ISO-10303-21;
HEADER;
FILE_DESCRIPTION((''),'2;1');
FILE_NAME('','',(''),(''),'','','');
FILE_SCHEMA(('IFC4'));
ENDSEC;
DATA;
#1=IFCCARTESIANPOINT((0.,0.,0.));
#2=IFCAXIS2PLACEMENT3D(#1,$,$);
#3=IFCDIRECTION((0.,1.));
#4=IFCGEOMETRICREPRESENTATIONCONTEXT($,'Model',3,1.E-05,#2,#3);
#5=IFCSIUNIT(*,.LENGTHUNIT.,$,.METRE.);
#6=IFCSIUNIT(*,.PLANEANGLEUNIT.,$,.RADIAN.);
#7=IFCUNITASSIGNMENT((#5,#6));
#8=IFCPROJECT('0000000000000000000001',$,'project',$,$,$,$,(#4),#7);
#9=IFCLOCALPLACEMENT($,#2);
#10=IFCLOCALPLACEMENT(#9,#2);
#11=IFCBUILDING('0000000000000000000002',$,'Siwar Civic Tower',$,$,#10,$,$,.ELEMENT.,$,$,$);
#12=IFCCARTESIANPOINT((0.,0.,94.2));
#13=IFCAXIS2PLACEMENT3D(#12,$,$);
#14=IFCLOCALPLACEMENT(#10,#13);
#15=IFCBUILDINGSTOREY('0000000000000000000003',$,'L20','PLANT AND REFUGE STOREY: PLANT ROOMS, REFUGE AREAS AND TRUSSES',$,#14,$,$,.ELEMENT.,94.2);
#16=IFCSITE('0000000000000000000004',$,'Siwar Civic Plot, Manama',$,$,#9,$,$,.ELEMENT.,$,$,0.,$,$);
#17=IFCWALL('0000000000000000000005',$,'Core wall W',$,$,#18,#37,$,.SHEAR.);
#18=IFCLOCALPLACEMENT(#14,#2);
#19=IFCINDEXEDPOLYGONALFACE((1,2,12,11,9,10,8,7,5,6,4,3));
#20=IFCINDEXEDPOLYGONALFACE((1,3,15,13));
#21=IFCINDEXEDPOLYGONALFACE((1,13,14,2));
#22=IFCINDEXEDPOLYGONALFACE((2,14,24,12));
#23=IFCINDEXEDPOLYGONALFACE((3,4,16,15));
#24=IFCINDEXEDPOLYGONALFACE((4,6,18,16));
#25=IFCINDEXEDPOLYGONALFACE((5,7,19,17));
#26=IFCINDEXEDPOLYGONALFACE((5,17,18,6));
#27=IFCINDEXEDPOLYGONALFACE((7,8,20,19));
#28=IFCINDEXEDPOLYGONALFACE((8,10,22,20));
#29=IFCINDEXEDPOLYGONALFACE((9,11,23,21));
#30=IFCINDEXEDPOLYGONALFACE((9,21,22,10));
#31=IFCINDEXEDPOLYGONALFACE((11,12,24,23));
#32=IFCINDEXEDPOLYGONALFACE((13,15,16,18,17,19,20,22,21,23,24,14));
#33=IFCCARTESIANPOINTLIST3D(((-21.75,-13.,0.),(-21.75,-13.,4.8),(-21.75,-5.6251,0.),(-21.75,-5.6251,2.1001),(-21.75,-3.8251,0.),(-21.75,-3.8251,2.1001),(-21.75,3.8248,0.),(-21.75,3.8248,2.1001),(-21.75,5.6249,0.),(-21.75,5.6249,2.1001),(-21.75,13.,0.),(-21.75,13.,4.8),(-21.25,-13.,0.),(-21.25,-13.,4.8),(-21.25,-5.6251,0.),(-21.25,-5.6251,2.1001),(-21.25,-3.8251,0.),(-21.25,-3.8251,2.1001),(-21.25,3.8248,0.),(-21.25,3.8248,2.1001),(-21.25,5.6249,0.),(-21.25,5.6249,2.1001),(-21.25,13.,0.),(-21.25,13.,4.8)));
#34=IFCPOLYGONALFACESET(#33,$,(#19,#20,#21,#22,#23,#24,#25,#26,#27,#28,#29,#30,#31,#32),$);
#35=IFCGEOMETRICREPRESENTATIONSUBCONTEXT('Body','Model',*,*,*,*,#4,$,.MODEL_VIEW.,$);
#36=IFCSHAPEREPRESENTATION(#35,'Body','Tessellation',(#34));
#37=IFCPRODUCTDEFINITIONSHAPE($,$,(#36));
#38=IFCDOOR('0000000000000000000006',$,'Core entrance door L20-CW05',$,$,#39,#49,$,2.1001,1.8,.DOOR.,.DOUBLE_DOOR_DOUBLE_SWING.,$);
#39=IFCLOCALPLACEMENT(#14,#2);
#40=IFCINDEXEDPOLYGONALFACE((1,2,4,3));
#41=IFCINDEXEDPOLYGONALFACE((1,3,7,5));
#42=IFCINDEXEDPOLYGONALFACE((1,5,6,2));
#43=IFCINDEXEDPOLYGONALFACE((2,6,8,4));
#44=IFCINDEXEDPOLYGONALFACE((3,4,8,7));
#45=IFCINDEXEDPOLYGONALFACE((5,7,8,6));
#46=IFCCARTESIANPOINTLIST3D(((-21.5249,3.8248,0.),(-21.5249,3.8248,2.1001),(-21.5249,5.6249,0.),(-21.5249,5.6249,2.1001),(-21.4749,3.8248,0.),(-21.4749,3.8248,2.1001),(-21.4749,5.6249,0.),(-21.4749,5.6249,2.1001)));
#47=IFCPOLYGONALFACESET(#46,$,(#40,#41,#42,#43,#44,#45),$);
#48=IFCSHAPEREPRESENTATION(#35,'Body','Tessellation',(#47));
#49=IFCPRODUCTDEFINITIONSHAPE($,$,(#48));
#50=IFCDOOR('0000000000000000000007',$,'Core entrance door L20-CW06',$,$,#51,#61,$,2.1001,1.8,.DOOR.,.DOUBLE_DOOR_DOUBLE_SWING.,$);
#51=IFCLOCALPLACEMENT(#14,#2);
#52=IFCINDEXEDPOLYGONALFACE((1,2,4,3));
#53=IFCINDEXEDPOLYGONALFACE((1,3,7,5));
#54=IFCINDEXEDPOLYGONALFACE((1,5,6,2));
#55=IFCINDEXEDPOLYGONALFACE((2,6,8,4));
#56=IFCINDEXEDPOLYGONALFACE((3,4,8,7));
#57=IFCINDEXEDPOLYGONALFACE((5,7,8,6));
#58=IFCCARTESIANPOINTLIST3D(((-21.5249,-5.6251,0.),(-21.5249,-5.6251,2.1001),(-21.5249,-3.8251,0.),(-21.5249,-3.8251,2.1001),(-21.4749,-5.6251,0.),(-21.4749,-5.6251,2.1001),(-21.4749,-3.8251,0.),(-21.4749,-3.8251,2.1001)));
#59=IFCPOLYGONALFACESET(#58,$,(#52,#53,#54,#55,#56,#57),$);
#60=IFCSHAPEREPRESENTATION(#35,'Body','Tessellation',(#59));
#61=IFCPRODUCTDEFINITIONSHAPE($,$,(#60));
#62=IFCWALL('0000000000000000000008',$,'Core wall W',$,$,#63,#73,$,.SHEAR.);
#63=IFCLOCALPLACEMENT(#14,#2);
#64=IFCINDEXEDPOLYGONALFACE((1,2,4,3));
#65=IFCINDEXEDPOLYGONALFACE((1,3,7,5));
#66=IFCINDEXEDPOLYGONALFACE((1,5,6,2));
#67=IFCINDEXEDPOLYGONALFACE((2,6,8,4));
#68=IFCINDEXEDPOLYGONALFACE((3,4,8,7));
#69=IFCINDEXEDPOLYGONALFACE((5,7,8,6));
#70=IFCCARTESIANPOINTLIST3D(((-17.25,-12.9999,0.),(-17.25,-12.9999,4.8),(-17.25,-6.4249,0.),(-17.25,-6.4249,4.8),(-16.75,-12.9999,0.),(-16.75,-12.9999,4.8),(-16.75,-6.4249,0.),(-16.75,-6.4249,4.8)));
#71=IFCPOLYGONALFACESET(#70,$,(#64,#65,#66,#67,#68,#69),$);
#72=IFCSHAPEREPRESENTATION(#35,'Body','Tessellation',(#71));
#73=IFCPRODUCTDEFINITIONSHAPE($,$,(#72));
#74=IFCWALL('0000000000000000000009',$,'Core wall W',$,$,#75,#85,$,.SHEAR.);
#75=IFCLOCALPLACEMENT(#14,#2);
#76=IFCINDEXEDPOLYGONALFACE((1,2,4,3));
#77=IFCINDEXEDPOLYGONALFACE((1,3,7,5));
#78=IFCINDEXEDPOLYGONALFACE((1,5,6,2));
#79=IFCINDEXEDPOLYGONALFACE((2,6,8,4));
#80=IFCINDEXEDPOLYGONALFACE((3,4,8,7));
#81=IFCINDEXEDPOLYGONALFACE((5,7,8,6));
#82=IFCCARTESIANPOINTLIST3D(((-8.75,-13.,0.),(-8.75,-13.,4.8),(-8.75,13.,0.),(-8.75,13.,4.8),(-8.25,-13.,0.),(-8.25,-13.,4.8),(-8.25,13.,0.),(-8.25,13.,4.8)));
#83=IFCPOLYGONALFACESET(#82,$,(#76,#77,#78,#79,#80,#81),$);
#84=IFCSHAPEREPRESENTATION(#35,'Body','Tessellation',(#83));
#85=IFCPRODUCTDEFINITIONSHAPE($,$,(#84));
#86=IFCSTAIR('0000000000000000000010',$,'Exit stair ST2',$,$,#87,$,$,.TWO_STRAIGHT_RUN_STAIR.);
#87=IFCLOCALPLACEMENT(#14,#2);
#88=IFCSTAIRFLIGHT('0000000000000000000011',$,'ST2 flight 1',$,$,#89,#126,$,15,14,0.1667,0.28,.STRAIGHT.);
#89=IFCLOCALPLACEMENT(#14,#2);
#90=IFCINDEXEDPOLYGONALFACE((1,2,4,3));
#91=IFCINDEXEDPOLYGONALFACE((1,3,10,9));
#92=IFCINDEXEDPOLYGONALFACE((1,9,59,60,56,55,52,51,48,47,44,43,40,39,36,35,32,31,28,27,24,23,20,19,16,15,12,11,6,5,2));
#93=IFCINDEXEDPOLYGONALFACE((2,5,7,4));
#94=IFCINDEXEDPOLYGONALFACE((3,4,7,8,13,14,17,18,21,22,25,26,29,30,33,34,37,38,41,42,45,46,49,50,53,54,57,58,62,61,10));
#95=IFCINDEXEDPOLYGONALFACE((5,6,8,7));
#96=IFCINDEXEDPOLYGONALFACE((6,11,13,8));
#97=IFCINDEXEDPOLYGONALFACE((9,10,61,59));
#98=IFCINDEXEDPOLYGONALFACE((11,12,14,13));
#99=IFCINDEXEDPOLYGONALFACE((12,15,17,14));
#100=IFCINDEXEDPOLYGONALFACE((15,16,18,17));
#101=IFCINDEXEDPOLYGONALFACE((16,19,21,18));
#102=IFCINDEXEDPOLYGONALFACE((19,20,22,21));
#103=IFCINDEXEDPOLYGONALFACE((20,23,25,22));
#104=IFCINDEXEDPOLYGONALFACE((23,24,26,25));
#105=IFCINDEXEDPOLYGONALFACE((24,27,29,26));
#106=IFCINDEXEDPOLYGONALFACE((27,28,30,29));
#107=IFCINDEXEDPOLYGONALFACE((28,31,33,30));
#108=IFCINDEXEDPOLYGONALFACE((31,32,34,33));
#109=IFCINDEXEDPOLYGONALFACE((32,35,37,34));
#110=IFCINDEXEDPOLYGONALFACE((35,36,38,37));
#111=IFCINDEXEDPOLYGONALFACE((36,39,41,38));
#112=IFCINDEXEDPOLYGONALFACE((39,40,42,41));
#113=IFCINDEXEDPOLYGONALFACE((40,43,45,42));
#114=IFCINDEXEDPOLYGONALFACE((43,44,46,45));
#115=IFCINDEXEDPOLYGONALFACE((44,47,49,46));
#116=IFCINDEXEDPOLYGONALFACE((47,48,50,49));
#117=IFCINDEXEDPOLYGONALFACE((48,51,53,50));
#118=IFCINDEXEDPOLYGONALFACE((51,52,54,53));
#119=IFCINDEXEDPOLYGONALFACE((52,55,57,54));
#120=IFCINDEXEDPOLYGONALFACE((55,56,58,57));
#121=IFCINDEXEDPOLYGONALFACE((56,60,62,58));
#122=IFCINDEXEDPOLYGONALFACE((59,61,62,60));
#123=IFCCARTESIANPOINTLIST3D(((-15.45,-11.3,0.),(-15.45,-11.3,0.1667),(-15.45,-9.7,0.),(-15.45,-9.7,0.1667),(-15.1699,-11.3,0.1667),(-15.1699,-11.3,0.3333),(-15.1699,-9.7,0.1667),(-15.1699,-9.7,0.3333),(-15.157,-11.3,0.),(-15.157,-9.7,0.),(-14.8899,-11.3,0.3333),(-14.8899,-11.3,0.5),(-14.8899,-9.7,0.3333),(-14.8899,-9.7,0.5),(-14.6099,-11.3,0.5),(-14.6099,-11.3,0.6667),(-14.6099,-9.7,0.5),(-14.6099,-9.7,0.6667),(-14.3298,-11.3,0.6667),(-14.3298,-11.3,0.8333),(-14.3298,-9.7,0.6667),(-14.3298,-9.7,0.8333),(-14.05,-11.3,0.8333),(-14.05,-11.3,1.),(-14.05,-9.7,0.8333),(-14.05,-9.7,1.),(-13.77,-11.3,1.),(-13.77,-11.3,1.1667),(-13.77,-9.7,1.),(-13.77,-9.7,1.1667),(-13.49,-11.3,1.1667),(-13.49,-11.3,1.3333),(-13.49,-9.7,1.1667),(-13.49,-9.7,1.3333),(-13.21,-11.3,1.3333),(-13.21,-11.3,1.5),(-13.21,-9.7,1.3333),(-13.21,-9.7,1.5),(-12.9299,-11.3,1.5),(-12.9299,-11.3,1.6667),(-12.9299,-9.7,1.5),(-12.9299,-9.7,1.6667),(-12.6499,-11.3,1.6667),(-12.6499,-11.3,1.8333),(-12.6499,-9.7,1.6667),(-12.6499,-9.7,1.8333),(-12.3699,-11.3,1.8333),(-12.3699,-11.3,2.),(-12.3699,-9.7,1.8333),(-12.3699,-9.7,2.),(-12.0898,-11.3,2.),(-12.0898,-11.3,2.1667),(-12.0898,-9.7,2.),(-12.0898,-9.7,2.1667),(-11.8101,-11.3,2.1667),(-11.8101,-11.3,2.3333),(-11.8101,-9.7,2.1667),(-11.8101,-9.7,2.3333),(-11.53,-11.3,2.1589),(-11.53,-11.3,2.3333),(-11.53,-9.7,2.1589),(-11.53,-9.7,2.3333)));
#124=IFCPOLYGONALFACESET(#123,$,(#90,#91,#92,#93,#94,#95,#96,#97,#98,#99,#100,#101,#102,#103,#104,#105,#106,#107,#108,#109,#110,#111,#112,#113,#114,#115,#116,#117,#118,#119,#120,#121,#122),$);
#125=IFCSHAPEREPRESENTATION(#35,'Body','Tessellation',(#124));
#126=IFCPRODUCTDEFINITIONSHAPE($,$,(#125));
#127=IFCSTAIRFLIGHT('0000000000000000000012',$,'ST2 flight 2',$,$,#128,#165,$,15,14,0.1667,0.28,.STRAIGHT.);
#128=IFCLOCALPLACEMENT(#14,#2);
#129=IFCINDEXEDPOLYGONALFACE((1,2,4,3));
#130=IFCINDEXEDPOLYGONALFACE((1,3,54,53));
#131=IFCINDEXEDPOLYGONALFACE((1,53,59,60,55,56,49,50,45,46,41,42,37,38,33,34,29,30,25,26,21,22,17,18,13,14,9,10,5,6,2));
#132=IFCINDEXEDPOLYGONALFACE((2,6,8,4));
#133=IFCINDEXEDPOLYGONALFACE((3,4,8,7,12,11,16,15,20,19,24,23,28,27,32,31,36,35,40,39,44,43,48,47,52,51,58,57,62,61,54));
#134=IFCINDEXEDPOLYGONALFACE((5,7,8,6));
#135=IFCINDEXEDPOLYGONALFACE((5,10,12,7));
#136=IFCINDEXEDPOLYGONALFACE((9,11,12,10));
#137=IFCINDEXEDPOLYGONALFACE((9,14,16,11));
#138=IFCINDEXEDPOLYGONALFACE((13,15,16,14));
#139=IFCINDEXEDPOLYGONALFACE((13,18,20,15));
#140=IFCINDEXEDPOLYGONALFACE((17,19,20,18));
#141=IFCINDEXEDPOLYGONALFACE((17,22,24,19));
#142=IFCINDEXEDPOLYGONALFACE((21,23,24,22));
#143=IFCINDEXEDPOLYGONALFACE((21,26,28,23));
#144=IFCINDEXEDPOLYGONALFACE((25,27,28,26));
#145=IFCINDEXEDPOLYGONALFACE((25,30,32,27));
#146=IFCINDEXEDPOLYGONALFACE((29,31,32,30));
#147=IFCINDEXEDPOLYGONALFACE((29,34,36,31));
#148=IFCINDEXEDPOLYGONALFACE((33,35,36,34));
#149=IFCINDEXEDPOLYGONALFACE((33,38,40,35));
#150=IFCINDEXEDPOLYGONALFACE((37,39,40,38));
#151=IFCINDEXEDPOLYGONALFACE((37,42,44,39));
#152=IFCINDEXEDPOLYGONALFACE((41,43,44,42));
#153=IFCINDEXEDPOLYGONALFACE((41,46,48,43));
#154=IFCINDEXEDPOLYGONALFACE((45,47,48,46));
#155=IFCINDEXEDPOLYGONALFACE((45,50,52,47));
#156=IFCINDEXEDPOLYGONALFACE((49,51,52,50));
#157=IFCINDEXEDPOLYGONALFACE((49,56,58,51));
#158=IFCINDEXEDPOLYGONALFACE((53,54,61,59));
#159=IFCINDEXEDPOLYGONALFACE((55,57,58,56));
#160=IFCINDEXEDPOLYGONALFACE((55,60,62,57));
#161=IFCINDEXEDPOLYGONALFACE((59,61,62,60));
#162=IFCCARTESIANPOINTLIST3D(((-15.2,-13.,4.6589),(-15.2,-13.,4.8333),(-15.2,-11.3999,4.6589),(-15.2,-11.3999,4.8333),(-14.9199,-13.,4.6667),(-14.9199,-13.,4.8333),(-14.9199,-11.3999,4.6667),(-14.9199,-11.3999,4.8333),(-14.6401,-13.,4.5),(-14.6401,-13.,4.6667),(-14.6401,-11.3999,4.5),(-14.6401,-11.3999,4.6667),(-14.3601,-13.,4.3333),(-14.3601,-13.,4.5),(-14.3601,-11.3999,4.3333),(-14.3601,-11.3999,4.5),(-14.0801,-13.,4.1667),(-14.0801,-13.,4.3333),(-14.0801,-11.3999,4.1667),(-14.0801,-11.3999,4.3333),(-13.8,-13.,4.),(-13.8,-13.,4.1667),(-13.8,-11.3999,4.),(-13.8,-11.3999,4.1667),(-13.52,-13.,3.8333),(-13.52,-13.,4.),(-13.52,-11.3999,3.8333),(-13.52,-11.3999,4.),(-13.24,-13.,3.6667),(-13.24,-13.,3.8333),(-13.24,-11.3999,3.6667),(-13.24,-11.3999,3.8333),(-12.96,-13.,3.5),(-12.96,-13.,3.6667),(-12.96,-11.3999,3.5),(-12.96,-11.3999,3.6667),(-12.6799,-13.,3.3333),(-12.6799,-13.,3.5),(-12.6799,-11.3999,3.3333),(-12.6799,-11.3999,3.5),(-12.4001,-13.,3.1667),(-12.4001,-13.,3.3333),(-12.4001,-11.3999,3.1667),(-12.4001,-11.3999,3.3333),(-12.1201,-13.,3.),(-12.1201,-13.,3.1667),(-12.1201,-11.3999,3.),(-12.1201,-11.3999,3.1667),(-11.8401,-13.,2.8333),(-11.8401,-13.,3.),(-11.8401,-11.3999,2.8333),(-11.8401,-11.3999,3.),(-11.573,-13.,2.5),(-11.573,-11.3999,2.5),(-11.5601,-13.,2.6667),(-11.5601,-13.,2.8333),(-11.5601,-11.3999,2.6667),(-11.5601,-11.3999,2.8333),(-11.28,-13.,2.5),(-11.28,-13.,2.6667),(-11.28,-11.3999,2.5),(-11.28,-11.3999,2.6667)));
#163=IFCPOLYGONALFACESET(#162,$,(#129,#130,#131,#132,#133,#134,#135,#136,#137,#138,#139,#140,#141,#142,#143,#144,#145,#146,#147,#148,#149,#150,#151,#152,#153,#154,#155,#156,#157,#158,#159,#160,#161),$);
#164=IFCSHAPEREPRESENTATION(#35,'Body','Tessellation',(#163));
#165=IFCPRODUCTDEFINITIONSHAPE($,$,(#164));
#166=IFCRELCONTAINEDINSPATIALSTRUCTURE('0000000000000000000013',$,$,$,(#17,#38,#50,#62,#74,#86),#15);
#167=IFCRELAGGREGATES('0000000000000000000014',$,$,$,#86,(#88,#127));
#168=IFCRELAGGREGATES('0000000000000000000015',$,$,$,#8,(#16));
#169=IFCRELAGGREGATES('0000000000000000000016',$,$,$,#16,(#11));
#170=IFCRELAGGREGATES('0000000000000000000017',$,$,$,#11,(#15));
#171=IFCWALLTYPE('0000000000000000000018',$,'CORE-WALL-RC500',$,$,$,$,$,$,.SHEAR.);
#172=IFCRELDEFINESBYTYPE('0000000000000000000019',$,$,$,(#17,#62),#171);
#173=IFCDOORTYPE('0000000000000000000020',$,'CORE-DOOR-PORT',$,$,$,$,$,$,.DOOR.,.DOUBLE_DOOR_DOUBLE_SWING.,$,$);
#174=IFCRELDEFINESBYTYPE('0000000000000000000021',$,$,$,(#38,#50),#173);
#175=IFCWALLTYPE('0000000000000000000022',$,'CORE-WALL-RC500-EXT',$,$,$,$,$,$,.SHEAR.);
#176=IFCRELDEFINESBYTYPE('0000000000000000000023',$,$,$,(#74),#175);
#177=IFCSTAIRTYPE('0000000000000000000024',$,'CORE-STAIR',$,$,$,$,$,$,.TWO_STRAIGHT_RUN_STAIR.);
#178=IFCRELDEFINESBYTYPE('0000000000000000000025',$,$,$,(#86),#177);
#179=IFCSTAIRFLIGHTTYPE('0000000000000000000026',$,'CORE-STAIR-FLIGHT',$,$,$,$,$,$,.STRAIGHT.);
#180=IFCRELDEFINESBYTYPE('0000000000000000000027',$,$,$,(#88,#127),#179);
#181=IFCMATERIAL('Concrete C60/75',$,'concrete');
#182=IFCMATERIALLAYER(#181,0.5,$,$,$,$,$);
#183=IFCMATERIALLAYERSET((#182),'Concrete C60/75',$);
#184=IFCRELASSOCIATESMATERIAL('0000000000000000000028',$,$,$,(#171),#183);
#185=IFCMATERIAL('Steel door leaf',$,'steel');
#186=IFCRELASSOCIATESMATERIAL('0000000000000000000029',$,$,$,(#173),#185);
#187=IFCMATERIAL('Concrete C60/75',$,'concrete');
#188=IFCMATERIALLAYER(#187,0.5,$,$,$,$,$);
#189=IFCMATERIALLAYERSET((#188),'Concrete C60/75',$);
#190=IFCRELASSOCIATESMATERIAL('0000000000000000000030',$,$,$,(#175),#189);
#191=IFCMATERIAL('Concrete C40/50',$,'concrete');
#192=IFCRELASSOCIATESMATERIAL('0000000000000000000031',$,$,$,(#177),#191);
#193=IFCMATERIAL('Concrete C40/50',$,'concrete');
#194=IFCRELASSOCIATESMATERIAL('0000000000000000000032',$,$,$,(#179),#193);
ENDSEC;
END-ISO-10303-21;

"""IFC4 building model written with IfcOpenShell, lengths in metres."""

from ifc_helpers import new_model, si_unit, direction, frame, frame_2d, origin, place, context, subcontext, project, spatial, polyline, rectangle, outline, extrude, material, layer, layer_set, type_object, element, fill, aggregate, save


model = new_model("IFC4")

# Units and contexts
model_context = context("Model", 3, precision=1e-05, world=origin(), true_north=direction((0.0, 1.0)))
body_context = subcontext(model_context, "Body", "Model", "MODEL_VIEW")
ifc_project = project(units=[si_unit("LENGTHUNIT", "METRE"), si_unit("PLANEANGLEUNIT", "RADIAN")], contexts=[model_context])

# Site, building, storey
site_placement = place(None, origin())
site = spatial("IfcSite", under=ifc_project, at=site_placement, Name="Siwar Civic Plot, Manama", CompositionType="ELEMENT", RefElevation=0.0)
building_placement = place(site_placement, origin())
building = spatial("IfcBuilding", under=site, at=building_placement, Name="Siwar Civic Tower", CompositionType="ELEMENT")
storey_placement = place(building_placement, frame((0.0, 0.0, 94.2)))
storey = spatial("IfcBuildingStorey", under=building, at=storey_placement, Name="L20", Description="PLANT AND REFUGE STOREY: PLANT ROOMS, REFUGE AREAS AND TRUSSES", CompositionType="ELEMENT", Elevation=94.2)

# Wall, openings, doors
ifc_material_1 = material(Name="Concrete C60/75", Category="concrete")
ifc_layer_1 = layer(ifc_material_1, 0.5)
ifc_layer_set_1 = layer_set([ifc_layer_1], Name="Concrete C60/75")
wall_type_1 = type_object("IfcWallType", Name="CORE-WALL-RC500", PredefinedType="SHEAR", material=ifc_layer_set_1)
wall_1_placement = place(storey_placement, frame((-21.5, -13.0, 0.0), z_axis=(0.0, 0.0, 1.0), x_axis=(0.0, 1.0, 0.0)))
wall_1 = element("IfcWall", 1, at=wall_1_placement, inside=storey, type_object=wall_type_1, Name="Core wall W", PredefinedType="SHEAR", context=body_context, shape_type="SweptSolid", body=[
    extrude(rectangle(XDim=26.0, YDim=0.5, at=frame_2d((13.0, 0.0))), origin(), (0.0, 0.0, 1.0), 4.8),
])
opening_1_placement = place(wall_1_placement, frame((16.825, 0.0, 0.0)))
opening_1 = element("IfcOpeningElement", 2, at=opening_1_placement, cuts=wall_1, PredefinedType="OPENING", context=body_context, shape_type="SweptSolid", body=[
    extrude(rectangle(XDim=1.8, YDim=2.1001, at=frame_2d((0.8999, 1.05))), frame((0.0, 0.26, 0.0), z_axis=(0.0, -1.0, 0.0), x_axis=(1.0, 0.0, 0.0)), (0.0, 0.0, 1.0), 0.52),
])
opening_2_placement = place(wall_1_placement, frame((7.375, 0.0, 0.0)))
opening_2 = element("IfcOpeningElement", 3, at=opening_2_placement, cuts=wall_1, PredefinedType="OPENING", context=body_context, shape_type="SweptSolid", body=[
    extrude(rectangle(XDim=1.8, YDim=2.1001, at=frame_2d((0.8999, 1.05))), frame((0.0, 0.26, 0.0), z_axis=(0.0, -1.0, 0.0), x_axis=(1.0, 0.0, 0.0)), (0.0, 0.0, 1.0), 0.52),
])
ifc_material_2 = material(Name="Steel door leaf", Category="steel")
door_type_1 = type_object("IfcDoorType", Name="CORE-DOOR-PORT", OperationType="DOUBLE_DOOR_DOUBLE_SWING", PredefinedType="DOOR", material=ifc_material_2)
door_1_placement = place(opening_1_placement, origin())
door_1 = element("IfcDoor", 4, at=door_1_placement, inside=storey, type_object=door_type_1, Name="Core entrance door L20-CW05", OperationType="DOUBLE_DOOR_DOUBLE_SWING", OverallHeight=2.1001, OverallWidth=1.8, PredefinedType="DOOR", context=body_context, shape_type="SweptSolid", body=[
    extrude(rectangle(XDim=1.8, YDim=2.1001, at=frame_2d((0.8999, 1.05))), frame((0.0, 0.0249, 0.0), z_axis=(0.0, -1.0, 0.0), x_axis=(1.0, 0.0, 0.0)), (0.0, 0.0, 1.0), 0.05),
])
fill(opening_1, door_1)
door_2_placement = place(opening_2_placement, origin())
door_2 = element("IfcDoor", 5, at=door_2_placement, inside=storey, type_object=door_type_1, Name="Core entrance door L20-CW06", OperationType="DOUBLE_DOOR_DOUBLE_SWING", OverallHeight=2.1001, OverallWidth=1.8, PredefinedType="DOOR", context=body_context, shape_type="SweptSolid", body=[
    extrude(rectangle(XDim=1.8, YDim=2.1001, at=frame_2d((0.8999, 1.05))), frame((0.0, 0.0249, 0.0), z_axis=(0.0, -1.0, 0.0), x_axis=(1.0, 0.0, 0.0)), (0.0, 0.0, 1.0), 0.05),
])
fill(opening_2, door_2)

# Walls
wall_2_placement = place(storey_placement, frame((-17.0, -13.0, 0.0), z_axis=(0.0, 0.0, 1.0), x_axis=(0.0, 1.0, 0.0)))
element("IfcWall", 6, at=wall_2_placement, inside=storey, type_object=wall_type_1, Name="Core wall W", PredefinedType="SHEAR", context=body_context, shape_type="SweptSolid", body=[
    extrude(rectangle(XDim=6.575, YDim=0.5, at=frame_2d((3.2876, 0.0))), origin(), (0.0, 0.0, 1.0), 4.8),
])
ifc_material_3 = material(Name="Concrete C60/75", Category="concrete")
ifc_layer_2 = layer(ifc_material_3, 0.5)
ifc_layer_set_2 = layer_set([ifc_layer_2], Name="Concrete C60/75")
wall_type_2 = type_object("IfcWallType", Name="CORE-WALL-RC500-EXT", PredefinedType="SHEAR", material=ifc_layer_set_2)
wall_3_placement = place(storey_placement, frame((-8.5, -13.0, 0.0), z_axis=(0.0, 0.0, 1.0), x_axis=(0.0, 1.0, 0.0)))
element("IfcWall", 7, at=wall_3_placement, inside=storey, type_object=wall_type_2, Name="Core wall W", PredefinedType="SHEAR", context=body_context, shape_type="SweptSolid", body=[
    extrude(rectangle(XDim=26.0, YDim=0.5, at=frame_2d((13.0, 0.0))), origin(), (0.0, 0.0, 1.0), 4.8),
])

# Stair, stair flights
ifc_material_4 = material(Name="Concrete C40/50", Category="concrete")
stair_type = type_object("IfcStairType", Name="CORE-STAIR", PredefinedType="TWO_STRAIGHT_RUN_STAIR", material=ifc_material_4)
stair_placement = place(storey_placement, origin())
stair = element("IfcStair", 8, at=stair_placement, inside=storey, type_object=stair_type, Name="Exit stair ST2", PredefinedType="TWO_STRAIGHT_RUN_STAIR")
ifc_material_5 = material(Name="Concrete C40/50", Category="concrete")
stair_flight_type = type_object("IfcStairFlightType", Name="CORE-STAIR-FLIGHT", PredefinedType="STRAIGHT", material=ifc_material_5)
stair_flight_1_placement = place(storey_placement, frame((-15.45, -10.5, 0.0), z_axis=(0.0, 0.0, 1.0), x_axis=(1.0, 0.0, 0.0)))
stair_flight_1 = element("IfcStairFlight", 9, at=stair_flight_1_placement, type_object=stair_flight_type, Name="ST2 flight 1", NumberOfRisers=15, NumberOfTreads=14, PredefinedType="STRAIGHT", RiserHeight=0.1667, TreadLength=0.28, context=body_context, shape_type="SweptSolid", body=[
    extrude(outline(polyline([(0.0, 0.0), (0.0, 0.1667), (0.28, 0.1667), (0.28, 0.3333), (0.5601, 0.3333), (0.5601, 0.5), (0.8401, 0.5), (0.8401, 0.6667), (1.1201, 0.6667), (1.1201, 0.8333), (1.3999, 0.8333), (1.3999, 1.0), (1.6799, 1.0), (1.6799, 1.1667), (1.96, 1.1667), (1.96, 1.3333), (2.24, 1.3333), (2.24, 1.5), (2.52, 1.5), (2.52, 1.6667), (2.8, 1.6667), (2.8, 1.8333), (3.0801, 1.8333), (3.0801, 2.0), (3.3601, 2.0), (3.3601, 2.1667), (3.6399, 2.1667), (3.6399, 2.3333), (3.9199, 2.3333), (3.9199, 2.5), (3.9199, 2.1589), (0.293, 0.0), (0.0, 0.0)])), frame((0.0, 0.8, 0.0), z_axis=(0.0, -1.0, 0.0), x_axis=(1.0, 0.0, 0.0)), (0.0, 0.0, 1.0), 1.6001),
])
stair_flight_2_placement = place(storey_placement, frame((-11.28, -12.2, 2.5), z_axis=(0.0, 0.0, 1.0), x_axis=(-1.0, 0.0, 0.0)))
stair_flight_2 = element("IfcStairFlight", 10, at=stair_flight_2_placement, type_object=stair_flight_type, Name="ST2 flight 2", NumberOfRisers=15, NumberOfTreads=14, PredefinedType="STRAIGHT", RiserHeight=0.1667, TreadLength=0.28, context=body_context, shape_type="SweptSolid", body=[
    extrude(outline(polyline([(0.0, 0.0), (0.0, 0.1667), (0.28, 0.1667), (0.28, 0.3333), (0.5601, 0.3333), (0.5601, 0.5), (0.8401, 0.5), (0.8401, 0.6667), (1.1201, 0.6667), (1.1201, 0.8333), (1.3999, 0.8333), (1.3999, 1.0), (1.6799, 1.0), (1.6799, 1.1667), (1.96, 1.1667), (1.96, 1.3333), (2.24, 1.3333), (2.24, 1.5), (2.52, 1.5), (2.52, 1.6667), (2.8, 1.6667), (2.8, 1.8333), (3.0801, 1.8333), (3.0801, 2.0), (3.3601, 2.0), (3.3601, 2.1667), (3.6399, 2.1667), (3.6399, 2.3333), (3.9199, 2.3333), (3.9199, 2.5), (3.9199, 2.1589), (0.293, 0.0), (0.0, 0.0)])), frame((0.0, 0.8, 0.0), z_axis=(0.0, -1.0, 0.0), x_axis=(1.0, 0.0, 0.0)), (0.0, 0.0, 1.0), 1.6001),
])
aggregate(stair, [stair_flight_1, stair_flight_2])

save(model, "model.ifc")
